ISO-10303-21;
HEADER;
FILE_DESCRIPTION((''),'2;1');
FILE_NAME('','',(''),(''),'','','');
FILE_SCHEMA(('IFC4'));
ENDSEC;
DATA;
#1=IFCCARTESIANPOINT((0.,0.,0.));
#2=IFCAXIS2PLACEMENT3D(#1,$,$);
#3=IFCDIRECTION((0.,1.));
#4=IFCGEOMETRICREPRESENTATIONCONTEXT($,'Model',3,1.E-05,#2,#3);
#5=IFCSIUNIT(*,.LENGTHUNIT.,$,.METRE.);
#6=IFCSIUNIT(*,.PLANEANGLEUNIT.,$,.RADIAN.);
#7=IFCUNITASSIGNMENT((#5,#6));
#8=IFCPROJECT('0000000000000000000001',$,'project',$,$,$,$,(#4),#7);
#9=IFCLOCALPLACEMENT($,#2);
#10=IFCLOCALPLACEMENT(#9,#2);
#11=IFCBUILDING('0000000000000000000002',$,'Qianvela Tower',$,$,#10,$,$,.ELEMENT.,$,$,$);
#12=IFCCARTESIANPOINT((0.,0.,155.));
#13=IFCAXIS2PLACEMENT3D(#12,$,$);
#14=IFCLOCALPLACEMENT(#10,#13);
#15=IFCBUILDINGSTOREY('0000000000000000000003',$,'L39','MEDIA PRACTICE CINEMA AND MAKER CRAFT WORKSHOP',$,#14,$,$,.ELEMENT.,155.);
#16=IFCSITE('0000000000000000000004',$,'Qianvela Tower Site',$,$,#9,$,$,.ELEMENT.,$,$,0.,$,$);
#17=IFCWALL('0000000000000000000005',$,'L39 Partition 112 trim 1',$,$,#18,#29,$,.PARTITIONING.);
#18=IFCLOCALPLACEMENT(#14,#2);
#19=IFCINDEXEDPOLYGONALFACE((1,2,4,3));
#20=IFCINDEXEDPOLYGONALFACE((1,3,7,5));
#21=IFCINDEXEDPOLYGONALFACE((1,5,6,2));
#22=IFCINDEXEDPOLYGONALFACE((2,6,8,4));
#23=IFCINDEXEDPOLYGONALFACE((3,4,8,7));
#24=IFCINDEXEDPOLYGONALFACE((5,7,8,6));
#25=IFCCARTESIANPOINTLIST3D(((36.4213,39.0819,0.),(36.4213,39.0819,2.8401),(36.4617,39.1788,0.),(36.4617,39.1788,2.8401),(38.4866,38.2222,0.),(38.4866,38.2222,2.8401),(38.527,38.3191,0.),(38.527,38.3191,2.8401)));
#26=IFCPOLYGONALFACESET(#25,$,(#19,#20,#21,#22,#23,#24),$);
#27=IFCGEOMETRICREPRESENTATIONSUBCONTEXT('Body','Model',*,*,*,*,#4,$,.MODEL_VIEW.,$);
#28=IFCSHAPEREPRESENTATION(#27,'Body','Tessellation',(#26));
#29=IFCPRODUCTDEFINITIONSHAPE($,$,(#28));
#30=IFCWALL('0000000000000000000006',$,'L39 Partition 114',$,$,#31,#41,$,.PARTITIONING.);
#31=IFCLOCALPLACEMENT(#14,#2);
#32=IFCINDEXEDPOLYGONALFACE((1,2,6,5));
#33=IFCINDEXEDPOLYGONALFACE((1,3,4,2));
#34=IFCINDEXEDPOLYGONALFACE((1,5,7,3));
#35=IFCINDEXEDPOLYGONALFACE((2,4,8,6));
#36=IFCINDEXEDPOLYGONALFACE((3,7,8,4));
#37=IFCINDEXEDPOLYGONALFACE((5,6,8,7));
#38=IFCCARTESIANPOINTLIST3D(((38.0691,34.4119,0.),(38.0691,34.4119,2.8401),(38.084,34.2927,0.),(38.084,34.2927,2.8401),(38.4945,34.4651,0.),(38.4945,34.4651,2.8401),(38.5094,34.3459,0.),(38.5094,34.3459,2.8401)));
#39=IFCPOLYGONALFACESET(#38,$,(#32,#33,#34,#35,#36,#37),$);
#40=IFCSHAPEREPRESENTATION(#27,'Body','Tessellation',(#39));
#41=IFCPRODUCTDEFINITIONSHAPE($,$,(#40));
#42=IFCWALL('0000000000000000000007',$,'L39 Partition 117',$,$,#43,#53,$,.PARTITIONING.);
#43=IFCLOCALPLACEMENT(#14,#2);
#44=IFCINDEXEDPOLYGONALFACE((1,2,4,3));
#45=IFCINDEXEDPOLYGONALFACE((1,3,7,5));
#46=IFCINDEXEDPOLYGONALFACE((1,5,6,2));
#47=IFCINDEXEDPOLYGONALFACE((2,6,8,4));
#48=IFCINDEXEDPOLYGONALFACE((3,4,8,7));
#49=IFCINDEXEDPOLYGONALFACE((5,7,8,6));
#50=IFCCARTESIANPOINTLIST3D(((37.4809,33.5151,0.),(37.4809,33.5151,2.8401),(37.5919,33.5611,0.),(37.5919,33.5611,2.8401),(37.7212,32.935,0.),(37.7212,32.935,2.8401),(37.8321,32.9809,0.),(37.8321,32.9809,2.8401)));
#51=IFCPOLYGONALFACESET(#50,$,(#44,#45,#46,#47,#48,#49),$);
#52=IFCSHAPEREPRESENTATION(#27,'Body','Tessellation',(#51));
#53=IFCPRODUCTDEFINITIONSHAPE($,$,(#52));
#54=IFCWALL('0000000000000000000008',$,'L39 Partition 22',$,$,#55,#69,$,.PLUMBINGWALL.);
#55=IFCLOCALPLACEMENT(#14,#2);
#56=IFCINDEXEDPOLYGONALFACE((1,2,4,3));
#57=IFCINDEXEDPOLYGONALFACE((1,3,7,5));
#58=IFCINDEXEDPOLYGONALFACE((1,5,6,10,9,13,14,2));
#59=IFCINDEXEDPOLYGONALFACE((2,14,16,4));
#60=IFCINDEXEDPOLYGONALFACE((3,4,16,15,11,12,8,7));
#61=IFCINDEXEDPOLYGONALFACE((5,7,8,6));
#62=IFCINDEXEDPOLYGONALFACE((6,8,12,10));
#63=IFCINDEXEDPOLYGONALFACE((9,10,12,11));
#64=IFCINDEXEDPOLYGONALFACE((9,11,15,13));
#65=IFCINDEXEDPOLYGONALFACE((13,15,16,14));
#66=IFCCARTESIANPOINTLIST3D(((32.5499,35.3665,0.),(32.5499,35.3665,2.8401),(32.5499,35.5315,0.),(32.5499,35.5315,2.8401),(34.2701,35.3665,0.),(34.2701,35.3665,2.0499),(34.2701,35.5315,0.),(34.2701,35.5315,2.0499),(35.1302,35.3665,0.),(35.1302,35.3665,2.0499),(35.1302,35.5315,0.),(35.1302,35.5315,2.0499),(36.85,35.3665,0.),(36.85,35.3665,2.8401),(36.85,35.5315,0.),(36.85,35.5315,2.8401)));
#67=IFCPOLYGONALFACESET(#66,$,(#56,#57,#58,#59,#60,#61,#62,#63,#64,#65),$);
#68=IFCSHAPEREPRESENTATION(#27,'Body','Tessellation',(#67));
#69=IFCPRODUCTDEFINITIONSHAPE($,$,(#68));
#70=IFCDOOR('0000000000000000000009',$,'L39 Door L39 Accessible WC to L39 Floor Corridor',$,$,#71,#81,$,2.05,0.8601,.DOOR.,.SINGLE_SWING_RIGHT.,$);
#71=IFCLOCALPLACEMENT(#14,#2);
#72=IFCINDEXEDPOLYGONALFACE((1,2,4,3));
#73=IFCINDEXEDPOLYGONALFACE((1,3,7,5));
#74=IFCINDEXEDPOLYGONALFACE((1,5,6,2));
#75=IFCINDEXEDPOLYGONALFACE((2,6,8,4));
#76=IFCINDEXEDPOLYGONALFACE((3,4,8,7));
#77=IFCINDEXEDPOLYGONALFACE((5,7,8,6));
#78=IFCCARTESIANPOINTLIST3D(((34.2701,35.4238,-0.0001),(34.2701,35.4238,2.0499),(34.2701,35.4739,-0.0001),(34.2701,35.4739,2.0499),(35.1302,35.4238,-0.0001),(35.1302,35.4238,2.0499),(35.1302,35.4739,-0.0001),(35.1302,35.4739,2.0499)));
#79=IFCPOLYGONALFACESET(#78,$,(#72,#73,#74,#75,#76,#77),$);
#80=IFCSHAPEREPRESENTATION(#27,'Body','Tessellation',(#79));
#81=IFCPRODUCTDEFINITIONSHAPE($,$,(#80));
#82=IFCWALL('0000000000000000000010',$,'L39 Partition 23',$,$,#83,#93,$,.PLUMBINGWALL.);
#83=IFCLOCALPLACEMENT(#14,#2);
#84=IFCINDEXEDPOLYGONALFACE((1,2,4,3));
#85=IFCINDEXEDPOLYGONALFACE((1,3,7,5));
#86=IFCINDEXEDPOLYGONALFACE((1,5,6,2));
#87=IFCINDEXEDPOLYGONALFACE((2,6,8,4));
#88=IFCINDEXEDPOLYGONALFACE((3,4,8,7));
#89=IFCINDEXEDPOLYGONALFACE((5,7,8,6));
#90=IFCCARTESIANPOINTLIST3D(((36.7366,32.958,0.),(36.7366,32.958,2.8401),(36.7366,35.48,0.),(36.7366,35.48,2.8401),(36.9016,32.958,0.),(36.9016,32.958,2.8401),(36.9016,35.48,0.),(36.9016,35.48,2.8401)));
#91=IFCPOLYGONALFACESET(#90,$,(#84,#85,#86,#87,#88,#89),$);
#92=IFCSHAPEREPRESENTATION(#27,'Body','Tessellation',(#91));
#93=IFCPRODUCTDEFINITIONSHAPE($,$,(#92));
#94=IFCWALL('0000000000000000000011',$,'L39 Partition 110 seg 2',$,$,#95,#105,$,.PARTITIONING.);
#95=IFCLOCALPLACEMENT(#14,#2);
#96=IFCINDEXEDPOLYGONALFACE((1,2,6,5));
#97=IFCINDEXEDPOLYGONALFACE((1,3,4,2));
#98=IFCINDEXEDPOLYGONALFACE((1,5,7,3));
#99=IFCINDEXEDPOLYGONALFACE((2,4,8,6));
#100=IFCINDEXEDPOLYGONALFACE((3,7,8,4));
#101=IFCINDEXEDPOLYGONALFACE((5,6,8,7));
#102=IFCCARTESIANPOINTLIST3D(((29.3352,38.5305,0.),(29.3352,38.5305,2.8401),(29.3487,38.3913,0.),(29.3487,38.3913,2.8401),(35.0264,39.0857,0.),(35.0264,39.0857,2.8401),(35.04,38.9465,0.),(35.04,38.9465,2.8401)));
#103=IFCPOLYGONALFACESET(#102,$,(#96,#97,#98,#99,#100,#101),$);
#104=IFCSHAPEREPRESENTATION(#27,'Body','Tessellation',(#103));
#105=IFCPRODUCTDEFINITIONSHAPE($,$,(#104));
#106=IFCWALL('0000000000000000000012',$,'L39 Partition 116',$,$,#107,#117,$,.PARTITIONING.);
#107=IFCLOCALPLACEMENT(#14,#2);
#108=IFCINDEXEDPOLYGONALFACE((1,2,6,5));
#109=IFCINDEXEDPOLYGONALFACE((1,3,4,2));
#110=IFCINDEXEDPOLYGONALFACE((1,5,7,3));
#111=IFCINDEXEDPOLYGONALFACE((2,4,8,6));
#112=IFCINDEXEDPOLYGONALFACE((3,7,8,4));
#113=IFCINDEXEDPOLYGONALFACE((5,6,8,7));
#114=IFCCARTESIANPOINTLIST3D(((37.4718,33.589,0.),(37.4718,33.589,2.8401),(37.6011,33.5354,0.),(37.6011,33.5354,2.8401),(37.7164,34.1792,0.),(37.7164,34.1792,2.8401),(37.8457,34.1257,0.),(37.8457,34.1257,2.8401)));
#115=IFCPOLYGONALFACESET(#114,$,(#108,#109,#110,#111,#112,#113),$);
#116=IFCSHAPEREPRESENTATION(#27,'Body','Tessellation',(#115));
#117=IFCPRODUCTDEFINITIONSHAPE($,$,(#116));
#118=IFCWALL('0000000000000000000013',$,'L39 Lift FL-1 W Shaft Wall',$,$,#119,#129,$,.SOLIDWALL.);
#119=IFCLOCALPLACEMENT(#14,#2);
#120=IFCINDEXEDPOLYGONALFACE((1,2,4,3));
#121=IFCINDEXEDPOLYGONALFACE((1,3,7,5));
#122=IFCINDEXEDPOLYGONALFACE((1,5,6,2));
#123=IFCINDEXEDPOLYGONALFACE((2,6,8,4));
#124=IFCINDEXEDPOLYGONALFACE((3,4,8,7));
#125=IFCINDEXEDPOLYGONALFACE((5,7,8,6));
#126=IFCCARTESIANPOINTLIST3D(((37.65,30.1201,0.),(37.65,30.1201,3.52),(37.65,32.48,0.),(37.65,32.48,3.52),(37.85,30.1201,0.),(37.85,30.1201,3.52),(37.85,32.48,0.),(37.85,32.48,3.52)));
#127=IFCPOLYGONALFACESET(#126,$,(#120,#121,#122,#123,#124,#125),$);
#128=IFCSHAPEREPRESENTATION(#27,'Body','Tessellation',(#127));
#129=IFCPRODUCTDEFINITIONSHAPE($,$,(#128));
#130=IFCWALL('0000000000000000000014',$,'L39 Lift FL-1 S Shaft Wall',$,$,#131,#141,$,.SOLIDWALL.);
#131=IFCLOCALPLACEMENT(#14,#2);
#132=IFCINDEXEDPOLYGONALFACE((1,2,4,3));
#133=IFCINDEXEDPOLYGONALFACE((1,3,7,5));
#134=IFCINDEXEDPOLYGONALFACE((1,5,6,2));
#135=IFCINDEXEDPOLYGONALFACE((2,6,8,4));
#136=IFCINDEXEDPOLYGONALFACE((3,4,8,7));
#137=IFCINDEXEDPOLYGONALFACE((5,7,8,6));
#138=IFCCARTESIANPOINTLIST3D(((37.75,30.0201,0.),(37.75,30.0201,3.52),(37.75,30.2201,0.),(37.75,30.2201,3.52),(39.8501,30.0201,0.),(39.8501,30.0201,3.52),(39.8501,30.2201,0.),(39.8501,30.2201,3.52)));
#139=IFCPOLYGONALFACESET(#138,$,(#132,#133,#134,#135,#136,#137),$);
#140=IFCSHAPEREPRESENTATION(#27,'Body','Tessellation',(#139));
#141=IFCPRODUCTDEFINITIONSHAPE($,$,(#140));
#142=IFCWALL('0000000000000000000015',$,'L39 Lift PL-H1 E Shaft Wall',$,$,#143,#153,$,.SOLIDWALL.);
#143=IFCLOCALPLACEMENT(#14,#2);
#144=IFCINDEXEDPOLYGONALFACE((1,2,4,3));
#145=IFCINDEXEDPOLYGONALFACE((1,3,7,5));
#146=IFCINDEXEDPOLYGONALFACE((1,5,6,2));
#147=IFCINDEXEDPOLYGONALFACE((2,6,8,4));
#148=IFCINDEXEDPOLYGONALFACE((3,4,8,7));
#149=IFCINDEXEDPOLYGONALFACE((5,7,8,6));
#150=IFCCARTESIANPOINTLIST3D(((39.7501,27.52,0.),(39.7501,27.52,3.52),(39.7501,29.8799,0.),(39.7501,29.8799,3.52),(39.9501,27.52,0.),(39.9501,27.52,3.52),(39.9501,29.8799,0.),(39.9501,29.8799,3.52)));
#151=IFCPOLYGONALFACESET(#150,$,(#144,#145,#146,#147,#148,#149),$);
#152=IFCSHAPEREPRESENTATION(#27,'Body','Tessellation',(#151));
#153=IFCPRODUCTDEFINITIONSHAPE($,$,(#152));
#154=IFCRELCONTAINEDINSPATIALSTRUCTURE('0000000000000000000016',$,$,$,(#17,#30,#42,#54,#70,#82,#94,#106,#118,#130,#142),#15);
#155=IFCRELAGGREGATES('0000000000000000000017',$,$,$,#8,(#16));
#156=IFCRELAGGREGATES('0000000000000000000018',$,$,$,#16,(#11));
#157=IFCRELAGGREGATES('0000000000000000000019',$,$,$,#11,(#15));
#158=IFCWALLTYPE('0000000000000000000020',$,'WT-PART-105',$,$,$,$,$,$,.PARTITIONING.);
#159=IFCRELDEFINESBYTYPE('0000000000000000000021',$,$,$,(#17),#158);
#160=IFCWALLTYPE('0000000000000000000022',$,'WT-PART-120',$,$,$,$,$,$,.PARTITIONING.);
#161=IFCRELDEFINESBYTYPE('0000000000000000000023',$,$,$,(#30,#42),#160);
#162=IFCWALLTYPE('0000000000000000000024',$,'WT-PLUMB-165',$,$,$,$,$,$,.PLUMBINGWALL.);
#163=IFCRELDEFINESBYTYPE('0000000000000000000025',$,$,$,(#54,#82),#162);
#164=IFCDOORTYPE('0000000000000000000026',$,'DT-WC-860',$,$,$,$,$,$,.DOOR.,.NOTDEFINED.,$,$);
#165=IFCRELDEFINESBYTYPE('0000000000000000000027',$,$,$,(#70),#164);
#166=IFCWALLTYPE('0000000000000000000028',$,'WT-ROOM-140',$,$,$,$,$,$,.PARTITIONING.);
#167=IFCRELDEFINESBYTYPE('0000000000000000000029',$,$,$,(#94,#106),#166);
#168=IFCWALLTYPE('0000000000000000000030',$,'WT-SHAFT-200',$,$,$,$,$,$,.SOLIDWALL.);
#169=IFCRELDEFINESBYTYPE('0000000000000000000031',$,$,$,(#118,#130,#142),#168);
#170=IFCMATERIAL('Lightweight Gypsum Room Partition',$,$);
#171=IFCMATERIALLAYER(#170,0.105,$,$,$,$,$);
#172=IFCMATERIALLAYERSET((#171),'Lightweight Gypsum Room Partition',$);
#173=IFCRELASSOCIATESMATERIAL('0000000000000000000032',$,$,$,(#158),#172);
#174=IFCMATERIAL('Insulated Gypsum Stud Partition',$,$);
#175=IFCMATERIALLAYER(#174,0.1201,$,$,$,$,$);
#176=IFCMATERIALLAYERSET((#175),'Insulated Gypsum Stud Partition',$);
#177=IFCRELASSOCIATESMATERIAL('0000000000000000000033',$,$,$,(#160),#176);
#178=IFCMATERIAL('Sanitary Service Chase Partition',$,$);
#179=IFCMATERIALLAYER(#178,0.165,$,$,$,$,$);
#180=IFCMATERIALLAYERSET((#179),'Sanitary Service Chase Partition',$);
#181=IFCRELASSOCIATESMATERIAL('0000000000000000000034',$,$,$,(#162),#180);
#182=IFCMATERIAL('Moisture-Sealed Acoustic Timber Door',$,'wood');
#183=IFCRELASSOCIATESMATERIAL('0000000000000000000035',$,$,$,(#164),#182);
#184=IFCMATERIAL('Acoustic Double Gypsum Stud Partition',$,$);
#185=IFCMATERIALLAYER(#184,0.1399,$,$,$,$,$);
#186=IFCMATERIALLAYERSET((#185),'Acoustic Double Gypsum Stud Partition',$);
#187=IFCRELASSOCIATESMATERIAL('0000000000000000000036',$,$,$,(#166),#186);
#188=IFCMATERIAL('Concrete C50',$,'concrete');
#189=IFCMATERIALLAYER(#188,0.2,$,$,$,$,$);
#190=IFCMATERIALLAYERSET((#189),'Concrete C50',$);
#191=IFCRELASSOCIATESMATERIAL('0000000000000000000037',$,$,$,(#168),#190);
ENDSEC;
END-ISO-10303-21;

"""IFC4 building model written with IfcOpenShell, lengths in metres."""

from ifc_helpers import new_model, si_unit, direction, frame, frame_2d, origin, place, context, subcontext, project, spatial, rectangle, extrude, material, layer, layer_set, type_object, element, fill, save


model = new_model("IFC4")

# Units and contexts
model_context = context("Model", 3, precision=1e-05, world=origin(), true_north=direction((0.0, 1.0)))
body_context = subcontext(model_context, "Body", "Model", "MODEL_VIEW")
ifc_project = project(units=[si_unit("LENGTHUNIT", "METRE"), si_unit("PLANEANGLEUNIT", "RADIAN")], contexts=[model_context])

# Site, building, storey
site_placement = place(None, origin())
site = spatial("IfcSite", under=ifc_project, at=site_placement, Name="Qianvela Tower Site", CompositionType="ELEMENT", RefElevation=0.0)
building_placement = place(site_placement, origin())
building = spatial("IfcBuilding", under=site, at=building_placement, Name="Qianvela Tower", CompositionType="ELEMENT")
storey_placement = place(building_placement, frame((0.0, 0.0, 155.0)))
storey = spatial("IfcBuildingStorey", under=building, at=storey_placement, Name="L39", Description="MEDIA PRACTICE CINEMA AND MAKER CRAFT WORKSHOP", CompositionType="ELEMENT", Elevation=155.0)

# Shared definitions
ifc_material_1 = material(Name="Lightweight Gypsum Room Partition")
ifc_layer_1 = layer(ifc_material_1, 0.105)
ifc_layer_set_1 = layer_set([ifc_layer_1], Name="Lightweight Gypsum Room Partition")
wall_type_1 = type_object("IfcWallType", Name="WT-PART-105", PredefinedType="PARTITIONING", material=ifc_layer_set_1)

# Walls
wall_1_placement = place(storey_placement, frame((36.4414, 39.1304, 0.0), z_axis=(0.0, 0.0, 1.0), x_axis=(0.923216, -0.384282, 0.0)))
element("IfcWall", 1, at=wall_1_placement, inside=storey, type_object=wall_type_1, Name="L39 Partition 112 trim 1", PredefinedType="PARTITIONING", context=body_context, shape_type="SweptSolid", body=[
    extrude(rectangle(XDim=2.2371, YDim=0.105, at=frame_2d((1.1187, 0.0))), origin(), (0.0, 0.0, 1.0), 2.8401),
])
ifc_material_2 = material(Name="Insulated Gypsum Stud Partition")
ifc_layer_2 = layer(ifc_material_2, 0.1201)
ifc_layer_set_2 = layer_set([ifc_layer_2], Name="Insulated Gypsum Stud Partition")
wall_type_2 = type_object("IfcWallType", Name="WT-PART-120", PredefinedType="PARTITIONING", material=ifc_layer_set_2)
wall_2_placement = place(storey_placement, frame((38.502, 34.4055, 0.0), z_axis=(0.0, 0.0, 1.0), x_axis=(-0.99226, -0.124175, 0.0)))
element("IfcWall", 2, at=wall_2_placement, inside=storey, type_object=wall_type_2, Name="L39 Partition 114", PredefinedType="PARTITIONING", context=body_context, shape_type="SweptSolid", body=[
    extrude(rectangle(XDim=0.4287, YDim=0.1201, at=frame_2d((0.2144, 0.0))), origin(), (0.0, 0.0, 1.0), 2.8401),
])
wall_3_placement = place(storey_placement, frame((37.5364, 33.5381, 0.0), z_axis=(0.0, 0.0, 1.0), x_axis=(0.382627, -0.923903, 0.0)))
element("IfcWall", 3, at=wall_3_placement, inside=storey, type_object=wall_type_2, Name="L39 Partition 117", PredefinedType="PARTITIONING", context=body_context, shape_type="SweptSolid", body=[
    extrude(rectangle(XDim=0.6279, YDim=0.1201, at=frame_2d((0.314, 0.0))), origin(), (0.0, 0.0, 1.0), 2.8401),
])

# Wall, opening, door
ifc_material_3 = material(Name="Sanitary Service Chase Partition")
ifc_layer_3 = layer(ifc_material_3, 0.165)
ifc_layer_set_3 = layer_set([ifc_layer_3], Name="Sanitary Service Chase Partition")
wall_type_3 = type_object("IfcWallType", Name="WT-PLUMB-165", PredefinedType="PLUMBINGWALL", material=ifc_layer_set_3)
wall_4_placement = place(storey_placement, frame((32.55, 35.449, 0.0), z_axis=(0.0, 0.0, 1.0), x_axis=(1.0, 0.0, 0.0)))
wall_4 = element("IfcWall", 4, at=wall_4_placement, inside=storey, type_object=wall_type_3, Name="L39 Partition 22", PredefinedType="PLUMBINGWALL", context=body_context, shape_type="SweptSolid", body=[
    extrude(rectangle(XDim=4.3, YDim=0.165, at=frame_2d((2.1499, 0.0))), origin(), (0.0, 0.0, 1.0), 2.8401),
])
opening_1_placement = place(wall_4_placement, frame((1.72, 0.0, 0.0)))
opening_1 = element("IfcOpeningElement", 5, at=opening_1_placement, cuts=wall_4, PredefinedType="OPENING", context=body_context, shape_type="SweptSolid", body=[
    extrude(rectangle(XDim=0.8601, YDim=2.05, at=frame_2d((0.4302, 1.0249))), frame((0.0, 0.0925, 0.0), z_axis=(0.0, -1.0, 0.0), x_axis=(1.0, 0.0, 0.0)), (0.0, 0.0, 1.0), 0.1851),
])
ifc_material_4 = material(Name="Moisture-Sealed Acoustic Timber Door", Category="wood")
door_type_1 = type_object("IfcDoorType", Name="DT-WC-860", OperationType="NOTDEFINED", PredefinedType="DOOR", material=ifc_material_4)
door_1_placement = place(opening_1_placement, origin())
door_1 = element("IfcDoor", 6, at=door_1_placement, inside=storey, type_object=door_type_1, Name="L39 Door L39 Accessible WC to L39 Floor Corridor", OperationType="SINGLE_SWING_RIGHT", OverallHeight=2.05, OverallWidth=0.8601, PredefinedType="DOOR", context=body_context, shape_type="SweptSolid", body=[
    extrude(rectangle(XDim=0.8601, YDim=2.05, at=frame_2d((0.4302, 1.0249))), frame((0.0, 0.0249, 0.0), z_axis=(0.0, -1.0, 0.0), x_axis=(1.0, 0.0, 0.0)), (0.0, 0.0, 1.0), 0.05),
])
fill(opening_1, door_1)

# Walls
wall_5_placement = place(storey_placement, frame((36.8191, 35.48, 0.0), z_axis=(0.0, 0.0, 1.0), x_axis=(0.0, -1.0, 0.0)))
element("IfcWall", 7, at=wall_5_placement, inside=storey, type_object=wall_type_3, Name="L39 Partition 23", PredefinedType="PLUMBINGWALL", context=body_context, shape_type="SweptSolid", body=[
    extrude(rectangle(XDim=2.522, YDim=0.165, at=frame_2d((1.261, 0.0))), origin(), (0.0, 0.0, 1.0), 2.8401),
])
ifc_material_5 = material(Name="Acoustic Double Gypsum Stud Partition")
ifc_layer_4 = layer(ifc_material_5, 0.1399)
ifc_layer_set_4 = layer_set([ifc_layer_4], Name="Acoustic Double Gypsum Stud Partition")
wall_type_4 = type_object("IfcWallType", Name="WT-ROOM-140", PredefinedType="PARTITIONING", material=ifc_layer_set_4)
wall_6_placement = place(storey_placement, frame((35.0332, 39.0161, 0.0), z_axis=(0.0, 0.0, 1.0), x_axis=(-0.995276, -0.09709, 0.0)))
element("IfcWall", 8, at=wall_6_placement, inside=storey, type_object=wall_type_4, Name="L39 Partition 110 seg 2", PredefinedType="PARTITIONING", context=body_context, shape_type="SweptSolid", body=[
    extrude(rectangle(XDim=5.7183, YDim=0.1399, at=frame_2d((2.8591, 0.0))), origin(), (0.0, 0.0, 1.0), 2.8401),
])
wall_7_placement = place(storey_placement, frame((37.781, 34.1523, 0.0), z_axis=(0.0, 0.0, 1.0), x_axis=(-0.382824, -0.923821, 0.0)))
element("IfcWall", 9, at=wall_7_placement, inside=storey, type_object=wall_type_4, Name="L39 Partition 116", PredefinedType="PARTITIONING", context=body_context, shape_type="SweptSolid", body=[
    extrude(rectangle(XDim=0.6389, YDim=0.1399, at=frame_2d((0.3193, 0.0))), origin(), (0.0, 0.0, 1.0), 2.8401),
])

# Shared definitions
ifc_material_6 = material(Name="Concrete C50", Category="concrete")
ifc_layer_5 = layer(ifc_material_6, 0.2)
ifc_layer_set_5 = layer_set([ifc_layer_5], Name="Concrete C50")
wall_type_5 = type_object("IfcWallType", Name="WT-SHAFT-200", PredefinedType="SOLIDWALL", material=ifc_layer_set_5)

# Walls
wall_8_placement = place(storey_placement, frame((37.75, 30.1201, 0.0), z_axis=(0.0, 0.0, 1.0), x_axis=(0.0, 1.0, 0.0)))
element("IfcWall", 10, at=wall_8_placement, inside=storey, type_object=wall_type_5, Name="L39 Lift FL-1 W Shaft Wall", PredefinedType="SOLIDWALL", context=body_context, shape_type="SweptSolid", body=[
    extrude(rectangle(XDim=2.3599, YDim=0.2, at=frame_2d((1.1799, 0.0))), origin(), (0.0, 0.0, 1.0), 3.52),
])
wall_9_placement = place(storey_placement, frame((37.75, 30.1201, 0.0), z_axis=(0.0, 0.0, 1.0), x_axis=(1.0, 0.0, 0.0)))
element("IfcWall", 11, at=wall_9_placement, inside=storey, type_object=wall_type_5, Name="L39 Lift FL-1 S Shaft Wall", PredefinedType="SOLIDWALL", context=body_context, shape_type="SweptSolid", body=[
    extrude(rectangle(XDim=2.1001, YDim=0.2, at=frame_2d((1.05, 0.0))), origin(), (0.0, 0.0, 1.0), 3.52),
])
wall_10_placement = place(storey_placement, frame((39.8501, 27.52, 0.0), z_axis=(0.0, 0.0, 1.0), x_axis=(0.0, 1.0, 0.0)))
element("IfcWall", 12, at=wall_10_placement, inside=storey, type_object=wall_type_5, Name="L39 Lift PL-H1 E Shaft Wall", PredefinedType="SOLIDWALL", context=body_context, shape_type="SweptSolid", body=[
    extrude(rectangle(XDim=2.3599, YDim=0.2, at=frame_2d((1.1799, 0.0))), origin(), (0.0, 0.0, 1.0), 3.52),
])

save(model, "model.ifc")
